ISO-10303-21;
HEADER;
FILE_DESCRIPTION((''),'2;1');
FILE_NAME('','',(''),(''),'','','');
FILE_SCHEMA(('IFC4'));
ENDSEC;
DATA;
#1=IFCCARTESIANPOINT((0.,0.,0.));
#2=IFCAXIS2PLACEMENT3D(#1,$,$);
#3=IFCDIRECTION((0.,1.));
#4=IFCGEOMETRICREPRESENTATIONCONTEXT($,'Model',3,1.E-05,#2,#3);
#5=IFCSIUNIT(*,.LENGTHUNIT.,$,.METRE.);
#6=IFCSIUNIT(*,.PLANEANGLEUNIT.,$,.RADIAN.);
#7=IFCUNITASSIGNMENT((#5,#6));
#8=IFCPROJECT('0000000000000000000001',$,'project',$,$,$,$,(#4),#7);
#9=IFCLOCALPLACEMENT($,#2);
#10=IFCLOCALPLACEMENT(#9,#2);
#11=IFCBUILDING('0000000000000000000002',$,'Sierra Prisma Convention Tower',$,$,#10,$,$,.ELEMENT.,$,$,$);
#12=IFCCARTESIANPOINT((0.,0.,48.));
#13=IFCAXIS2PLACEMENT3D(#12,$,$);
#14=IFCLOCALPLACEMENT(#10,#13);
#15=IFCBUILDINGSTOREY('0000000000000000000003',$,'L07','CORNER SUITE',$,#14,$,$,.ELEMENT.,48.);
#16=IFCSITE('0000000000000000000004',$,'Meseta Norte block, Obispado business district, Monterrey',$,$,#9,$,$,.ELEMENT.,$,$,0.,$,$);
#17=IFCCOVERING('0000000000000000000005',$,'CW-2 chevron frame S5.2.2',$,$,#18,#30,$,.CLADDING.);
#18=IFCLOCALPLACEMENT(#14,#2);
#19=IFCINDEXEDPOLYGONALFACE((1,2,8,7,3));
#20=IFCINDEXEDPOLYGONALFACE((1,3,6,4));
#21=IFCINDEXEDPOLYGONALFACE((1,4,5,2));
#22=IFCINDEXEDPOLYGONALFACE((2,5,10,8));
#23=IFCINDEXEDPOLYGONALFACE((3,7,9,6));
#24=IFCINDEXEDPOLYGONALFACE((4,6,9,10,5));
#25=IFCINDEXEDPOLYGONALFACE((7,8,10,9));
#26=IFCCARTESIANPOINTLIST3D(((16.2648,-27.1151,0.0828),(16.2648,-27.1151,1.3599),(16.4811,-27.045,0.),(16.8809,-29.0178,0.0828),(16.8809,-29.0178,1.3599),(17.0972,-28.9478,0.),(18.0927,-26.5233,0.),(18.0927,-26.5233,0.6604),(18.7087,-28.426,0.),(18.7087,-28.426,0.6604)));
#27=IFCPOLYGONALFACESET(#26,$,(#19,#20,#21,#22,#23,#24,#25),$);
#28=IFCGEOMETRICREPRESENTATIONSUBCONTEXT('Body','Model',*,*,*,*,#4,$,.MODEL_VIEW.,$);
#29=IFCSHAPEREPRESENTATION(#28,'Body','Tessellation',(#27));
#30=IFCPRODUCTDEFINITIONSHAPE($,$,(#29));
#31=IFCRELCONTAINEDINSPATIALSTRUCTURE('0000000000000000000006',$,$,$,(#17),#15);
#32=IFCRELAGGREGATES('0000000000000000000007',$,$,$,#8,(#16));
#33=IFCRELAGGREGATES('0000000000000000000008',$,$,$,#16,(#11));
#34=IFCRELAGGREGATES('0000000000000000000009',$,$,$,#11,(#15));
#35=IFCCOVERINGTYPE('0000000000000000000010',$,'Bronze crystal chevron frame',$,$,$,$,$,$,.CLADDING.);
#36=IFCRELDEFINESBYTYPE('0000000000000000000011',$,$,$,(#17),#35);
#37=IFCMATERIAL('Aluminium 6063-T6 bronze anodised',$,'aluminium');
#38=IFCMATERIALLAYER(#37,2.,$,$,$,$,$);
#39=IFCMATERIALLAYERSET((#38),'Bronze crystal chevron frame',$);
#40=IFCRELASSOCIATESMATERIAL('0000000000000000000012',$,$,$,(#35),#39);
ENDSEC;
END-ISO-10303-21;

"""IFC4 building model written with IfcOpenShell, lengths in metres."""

from ifc_helpers import new_model, si_unit, direction, frame, origin, place, context, subcontext, project, spatial, polyline, outline, extrude, material, layer, layer_set, type_object, element, save


model = new_model("IFC4")

# Units and contexts
model_context = context("Model", 3, precision=1e-05, world=origin(), true_north=direction((0.0, 1.0)))
body_context = subcontext(model_context, "Body", "Model", "MODEL_VIEW")
ifc_project = project(units=[si_unit("LENGTHUNIT", "METRE"), si_unit("PLANEANGLEUNIT", "RADIAN")], contexts=[model_context])

# Site, building, storey
site_placement = place(None, origin())
site = spatial("IfcSite", under=ifc_project, at=site_placement, Name="Meseta Norte block, Obispado business district, Monterrey", CompositionType="ELEMENT", RefElevation=0.0)
building_placement = place(site_placement, origin())
building = spatial("IfcBuilding", under=site, at=building_placement, Name="Sierra Prisma Convention Tower", CompositionType="ELEMENT")
storey_placement = place(building_placement, frame((0.0, 0.0, 48.0)))
storey = spatial("IfcBuildingStorey", under=building, at=storey_placement, Name="L07", Description="CORNER SUITE", CompositionType="ELEMENT", Elevation=48.0)

# Covering
ifc_material_1 = material(Name="Aluminium 6063-T6 bronze anodised", Category="aluminium")
ifc_layer_1 = layer(ifc_material_1, 2.0)
ifc_layer_set_1 = layer_set([ifc_layer_1], Name="Bronze crystal chevron frame")
covering_type = type_object("IfcCoveringType", Name="Bronze crystal chevron frame", PredefinedType="CLADDING", material=ifc_layer_set_1)
covering_1_placement = place(storey_placement, frame((16.8809, -29.0178, 0.0828), z_axis=(0.308019, -0.95138, -0.000017), x_axis=(0.893995, 0.289446, -0.342043)))
element("IfcCovering", 1, at=covering_1_placement, inside=storey, type_object=covering_type, Name="CW-2 chevron frame S5.2.2", PredefinedType="CLADDING", context=body_context, shape_type="SweptSolid", body=[
    extrude(outline(polyline([(0.0, 0.0), (0.242, 0.0), (1.8337, 0.5794), (1.6078, 1.2), (-0.4368, 1.2001), (0.0, 0.0)])), origin(), (0.0, 0.0, -1.0), 2.0),
])

save(model, "model.ifc")
